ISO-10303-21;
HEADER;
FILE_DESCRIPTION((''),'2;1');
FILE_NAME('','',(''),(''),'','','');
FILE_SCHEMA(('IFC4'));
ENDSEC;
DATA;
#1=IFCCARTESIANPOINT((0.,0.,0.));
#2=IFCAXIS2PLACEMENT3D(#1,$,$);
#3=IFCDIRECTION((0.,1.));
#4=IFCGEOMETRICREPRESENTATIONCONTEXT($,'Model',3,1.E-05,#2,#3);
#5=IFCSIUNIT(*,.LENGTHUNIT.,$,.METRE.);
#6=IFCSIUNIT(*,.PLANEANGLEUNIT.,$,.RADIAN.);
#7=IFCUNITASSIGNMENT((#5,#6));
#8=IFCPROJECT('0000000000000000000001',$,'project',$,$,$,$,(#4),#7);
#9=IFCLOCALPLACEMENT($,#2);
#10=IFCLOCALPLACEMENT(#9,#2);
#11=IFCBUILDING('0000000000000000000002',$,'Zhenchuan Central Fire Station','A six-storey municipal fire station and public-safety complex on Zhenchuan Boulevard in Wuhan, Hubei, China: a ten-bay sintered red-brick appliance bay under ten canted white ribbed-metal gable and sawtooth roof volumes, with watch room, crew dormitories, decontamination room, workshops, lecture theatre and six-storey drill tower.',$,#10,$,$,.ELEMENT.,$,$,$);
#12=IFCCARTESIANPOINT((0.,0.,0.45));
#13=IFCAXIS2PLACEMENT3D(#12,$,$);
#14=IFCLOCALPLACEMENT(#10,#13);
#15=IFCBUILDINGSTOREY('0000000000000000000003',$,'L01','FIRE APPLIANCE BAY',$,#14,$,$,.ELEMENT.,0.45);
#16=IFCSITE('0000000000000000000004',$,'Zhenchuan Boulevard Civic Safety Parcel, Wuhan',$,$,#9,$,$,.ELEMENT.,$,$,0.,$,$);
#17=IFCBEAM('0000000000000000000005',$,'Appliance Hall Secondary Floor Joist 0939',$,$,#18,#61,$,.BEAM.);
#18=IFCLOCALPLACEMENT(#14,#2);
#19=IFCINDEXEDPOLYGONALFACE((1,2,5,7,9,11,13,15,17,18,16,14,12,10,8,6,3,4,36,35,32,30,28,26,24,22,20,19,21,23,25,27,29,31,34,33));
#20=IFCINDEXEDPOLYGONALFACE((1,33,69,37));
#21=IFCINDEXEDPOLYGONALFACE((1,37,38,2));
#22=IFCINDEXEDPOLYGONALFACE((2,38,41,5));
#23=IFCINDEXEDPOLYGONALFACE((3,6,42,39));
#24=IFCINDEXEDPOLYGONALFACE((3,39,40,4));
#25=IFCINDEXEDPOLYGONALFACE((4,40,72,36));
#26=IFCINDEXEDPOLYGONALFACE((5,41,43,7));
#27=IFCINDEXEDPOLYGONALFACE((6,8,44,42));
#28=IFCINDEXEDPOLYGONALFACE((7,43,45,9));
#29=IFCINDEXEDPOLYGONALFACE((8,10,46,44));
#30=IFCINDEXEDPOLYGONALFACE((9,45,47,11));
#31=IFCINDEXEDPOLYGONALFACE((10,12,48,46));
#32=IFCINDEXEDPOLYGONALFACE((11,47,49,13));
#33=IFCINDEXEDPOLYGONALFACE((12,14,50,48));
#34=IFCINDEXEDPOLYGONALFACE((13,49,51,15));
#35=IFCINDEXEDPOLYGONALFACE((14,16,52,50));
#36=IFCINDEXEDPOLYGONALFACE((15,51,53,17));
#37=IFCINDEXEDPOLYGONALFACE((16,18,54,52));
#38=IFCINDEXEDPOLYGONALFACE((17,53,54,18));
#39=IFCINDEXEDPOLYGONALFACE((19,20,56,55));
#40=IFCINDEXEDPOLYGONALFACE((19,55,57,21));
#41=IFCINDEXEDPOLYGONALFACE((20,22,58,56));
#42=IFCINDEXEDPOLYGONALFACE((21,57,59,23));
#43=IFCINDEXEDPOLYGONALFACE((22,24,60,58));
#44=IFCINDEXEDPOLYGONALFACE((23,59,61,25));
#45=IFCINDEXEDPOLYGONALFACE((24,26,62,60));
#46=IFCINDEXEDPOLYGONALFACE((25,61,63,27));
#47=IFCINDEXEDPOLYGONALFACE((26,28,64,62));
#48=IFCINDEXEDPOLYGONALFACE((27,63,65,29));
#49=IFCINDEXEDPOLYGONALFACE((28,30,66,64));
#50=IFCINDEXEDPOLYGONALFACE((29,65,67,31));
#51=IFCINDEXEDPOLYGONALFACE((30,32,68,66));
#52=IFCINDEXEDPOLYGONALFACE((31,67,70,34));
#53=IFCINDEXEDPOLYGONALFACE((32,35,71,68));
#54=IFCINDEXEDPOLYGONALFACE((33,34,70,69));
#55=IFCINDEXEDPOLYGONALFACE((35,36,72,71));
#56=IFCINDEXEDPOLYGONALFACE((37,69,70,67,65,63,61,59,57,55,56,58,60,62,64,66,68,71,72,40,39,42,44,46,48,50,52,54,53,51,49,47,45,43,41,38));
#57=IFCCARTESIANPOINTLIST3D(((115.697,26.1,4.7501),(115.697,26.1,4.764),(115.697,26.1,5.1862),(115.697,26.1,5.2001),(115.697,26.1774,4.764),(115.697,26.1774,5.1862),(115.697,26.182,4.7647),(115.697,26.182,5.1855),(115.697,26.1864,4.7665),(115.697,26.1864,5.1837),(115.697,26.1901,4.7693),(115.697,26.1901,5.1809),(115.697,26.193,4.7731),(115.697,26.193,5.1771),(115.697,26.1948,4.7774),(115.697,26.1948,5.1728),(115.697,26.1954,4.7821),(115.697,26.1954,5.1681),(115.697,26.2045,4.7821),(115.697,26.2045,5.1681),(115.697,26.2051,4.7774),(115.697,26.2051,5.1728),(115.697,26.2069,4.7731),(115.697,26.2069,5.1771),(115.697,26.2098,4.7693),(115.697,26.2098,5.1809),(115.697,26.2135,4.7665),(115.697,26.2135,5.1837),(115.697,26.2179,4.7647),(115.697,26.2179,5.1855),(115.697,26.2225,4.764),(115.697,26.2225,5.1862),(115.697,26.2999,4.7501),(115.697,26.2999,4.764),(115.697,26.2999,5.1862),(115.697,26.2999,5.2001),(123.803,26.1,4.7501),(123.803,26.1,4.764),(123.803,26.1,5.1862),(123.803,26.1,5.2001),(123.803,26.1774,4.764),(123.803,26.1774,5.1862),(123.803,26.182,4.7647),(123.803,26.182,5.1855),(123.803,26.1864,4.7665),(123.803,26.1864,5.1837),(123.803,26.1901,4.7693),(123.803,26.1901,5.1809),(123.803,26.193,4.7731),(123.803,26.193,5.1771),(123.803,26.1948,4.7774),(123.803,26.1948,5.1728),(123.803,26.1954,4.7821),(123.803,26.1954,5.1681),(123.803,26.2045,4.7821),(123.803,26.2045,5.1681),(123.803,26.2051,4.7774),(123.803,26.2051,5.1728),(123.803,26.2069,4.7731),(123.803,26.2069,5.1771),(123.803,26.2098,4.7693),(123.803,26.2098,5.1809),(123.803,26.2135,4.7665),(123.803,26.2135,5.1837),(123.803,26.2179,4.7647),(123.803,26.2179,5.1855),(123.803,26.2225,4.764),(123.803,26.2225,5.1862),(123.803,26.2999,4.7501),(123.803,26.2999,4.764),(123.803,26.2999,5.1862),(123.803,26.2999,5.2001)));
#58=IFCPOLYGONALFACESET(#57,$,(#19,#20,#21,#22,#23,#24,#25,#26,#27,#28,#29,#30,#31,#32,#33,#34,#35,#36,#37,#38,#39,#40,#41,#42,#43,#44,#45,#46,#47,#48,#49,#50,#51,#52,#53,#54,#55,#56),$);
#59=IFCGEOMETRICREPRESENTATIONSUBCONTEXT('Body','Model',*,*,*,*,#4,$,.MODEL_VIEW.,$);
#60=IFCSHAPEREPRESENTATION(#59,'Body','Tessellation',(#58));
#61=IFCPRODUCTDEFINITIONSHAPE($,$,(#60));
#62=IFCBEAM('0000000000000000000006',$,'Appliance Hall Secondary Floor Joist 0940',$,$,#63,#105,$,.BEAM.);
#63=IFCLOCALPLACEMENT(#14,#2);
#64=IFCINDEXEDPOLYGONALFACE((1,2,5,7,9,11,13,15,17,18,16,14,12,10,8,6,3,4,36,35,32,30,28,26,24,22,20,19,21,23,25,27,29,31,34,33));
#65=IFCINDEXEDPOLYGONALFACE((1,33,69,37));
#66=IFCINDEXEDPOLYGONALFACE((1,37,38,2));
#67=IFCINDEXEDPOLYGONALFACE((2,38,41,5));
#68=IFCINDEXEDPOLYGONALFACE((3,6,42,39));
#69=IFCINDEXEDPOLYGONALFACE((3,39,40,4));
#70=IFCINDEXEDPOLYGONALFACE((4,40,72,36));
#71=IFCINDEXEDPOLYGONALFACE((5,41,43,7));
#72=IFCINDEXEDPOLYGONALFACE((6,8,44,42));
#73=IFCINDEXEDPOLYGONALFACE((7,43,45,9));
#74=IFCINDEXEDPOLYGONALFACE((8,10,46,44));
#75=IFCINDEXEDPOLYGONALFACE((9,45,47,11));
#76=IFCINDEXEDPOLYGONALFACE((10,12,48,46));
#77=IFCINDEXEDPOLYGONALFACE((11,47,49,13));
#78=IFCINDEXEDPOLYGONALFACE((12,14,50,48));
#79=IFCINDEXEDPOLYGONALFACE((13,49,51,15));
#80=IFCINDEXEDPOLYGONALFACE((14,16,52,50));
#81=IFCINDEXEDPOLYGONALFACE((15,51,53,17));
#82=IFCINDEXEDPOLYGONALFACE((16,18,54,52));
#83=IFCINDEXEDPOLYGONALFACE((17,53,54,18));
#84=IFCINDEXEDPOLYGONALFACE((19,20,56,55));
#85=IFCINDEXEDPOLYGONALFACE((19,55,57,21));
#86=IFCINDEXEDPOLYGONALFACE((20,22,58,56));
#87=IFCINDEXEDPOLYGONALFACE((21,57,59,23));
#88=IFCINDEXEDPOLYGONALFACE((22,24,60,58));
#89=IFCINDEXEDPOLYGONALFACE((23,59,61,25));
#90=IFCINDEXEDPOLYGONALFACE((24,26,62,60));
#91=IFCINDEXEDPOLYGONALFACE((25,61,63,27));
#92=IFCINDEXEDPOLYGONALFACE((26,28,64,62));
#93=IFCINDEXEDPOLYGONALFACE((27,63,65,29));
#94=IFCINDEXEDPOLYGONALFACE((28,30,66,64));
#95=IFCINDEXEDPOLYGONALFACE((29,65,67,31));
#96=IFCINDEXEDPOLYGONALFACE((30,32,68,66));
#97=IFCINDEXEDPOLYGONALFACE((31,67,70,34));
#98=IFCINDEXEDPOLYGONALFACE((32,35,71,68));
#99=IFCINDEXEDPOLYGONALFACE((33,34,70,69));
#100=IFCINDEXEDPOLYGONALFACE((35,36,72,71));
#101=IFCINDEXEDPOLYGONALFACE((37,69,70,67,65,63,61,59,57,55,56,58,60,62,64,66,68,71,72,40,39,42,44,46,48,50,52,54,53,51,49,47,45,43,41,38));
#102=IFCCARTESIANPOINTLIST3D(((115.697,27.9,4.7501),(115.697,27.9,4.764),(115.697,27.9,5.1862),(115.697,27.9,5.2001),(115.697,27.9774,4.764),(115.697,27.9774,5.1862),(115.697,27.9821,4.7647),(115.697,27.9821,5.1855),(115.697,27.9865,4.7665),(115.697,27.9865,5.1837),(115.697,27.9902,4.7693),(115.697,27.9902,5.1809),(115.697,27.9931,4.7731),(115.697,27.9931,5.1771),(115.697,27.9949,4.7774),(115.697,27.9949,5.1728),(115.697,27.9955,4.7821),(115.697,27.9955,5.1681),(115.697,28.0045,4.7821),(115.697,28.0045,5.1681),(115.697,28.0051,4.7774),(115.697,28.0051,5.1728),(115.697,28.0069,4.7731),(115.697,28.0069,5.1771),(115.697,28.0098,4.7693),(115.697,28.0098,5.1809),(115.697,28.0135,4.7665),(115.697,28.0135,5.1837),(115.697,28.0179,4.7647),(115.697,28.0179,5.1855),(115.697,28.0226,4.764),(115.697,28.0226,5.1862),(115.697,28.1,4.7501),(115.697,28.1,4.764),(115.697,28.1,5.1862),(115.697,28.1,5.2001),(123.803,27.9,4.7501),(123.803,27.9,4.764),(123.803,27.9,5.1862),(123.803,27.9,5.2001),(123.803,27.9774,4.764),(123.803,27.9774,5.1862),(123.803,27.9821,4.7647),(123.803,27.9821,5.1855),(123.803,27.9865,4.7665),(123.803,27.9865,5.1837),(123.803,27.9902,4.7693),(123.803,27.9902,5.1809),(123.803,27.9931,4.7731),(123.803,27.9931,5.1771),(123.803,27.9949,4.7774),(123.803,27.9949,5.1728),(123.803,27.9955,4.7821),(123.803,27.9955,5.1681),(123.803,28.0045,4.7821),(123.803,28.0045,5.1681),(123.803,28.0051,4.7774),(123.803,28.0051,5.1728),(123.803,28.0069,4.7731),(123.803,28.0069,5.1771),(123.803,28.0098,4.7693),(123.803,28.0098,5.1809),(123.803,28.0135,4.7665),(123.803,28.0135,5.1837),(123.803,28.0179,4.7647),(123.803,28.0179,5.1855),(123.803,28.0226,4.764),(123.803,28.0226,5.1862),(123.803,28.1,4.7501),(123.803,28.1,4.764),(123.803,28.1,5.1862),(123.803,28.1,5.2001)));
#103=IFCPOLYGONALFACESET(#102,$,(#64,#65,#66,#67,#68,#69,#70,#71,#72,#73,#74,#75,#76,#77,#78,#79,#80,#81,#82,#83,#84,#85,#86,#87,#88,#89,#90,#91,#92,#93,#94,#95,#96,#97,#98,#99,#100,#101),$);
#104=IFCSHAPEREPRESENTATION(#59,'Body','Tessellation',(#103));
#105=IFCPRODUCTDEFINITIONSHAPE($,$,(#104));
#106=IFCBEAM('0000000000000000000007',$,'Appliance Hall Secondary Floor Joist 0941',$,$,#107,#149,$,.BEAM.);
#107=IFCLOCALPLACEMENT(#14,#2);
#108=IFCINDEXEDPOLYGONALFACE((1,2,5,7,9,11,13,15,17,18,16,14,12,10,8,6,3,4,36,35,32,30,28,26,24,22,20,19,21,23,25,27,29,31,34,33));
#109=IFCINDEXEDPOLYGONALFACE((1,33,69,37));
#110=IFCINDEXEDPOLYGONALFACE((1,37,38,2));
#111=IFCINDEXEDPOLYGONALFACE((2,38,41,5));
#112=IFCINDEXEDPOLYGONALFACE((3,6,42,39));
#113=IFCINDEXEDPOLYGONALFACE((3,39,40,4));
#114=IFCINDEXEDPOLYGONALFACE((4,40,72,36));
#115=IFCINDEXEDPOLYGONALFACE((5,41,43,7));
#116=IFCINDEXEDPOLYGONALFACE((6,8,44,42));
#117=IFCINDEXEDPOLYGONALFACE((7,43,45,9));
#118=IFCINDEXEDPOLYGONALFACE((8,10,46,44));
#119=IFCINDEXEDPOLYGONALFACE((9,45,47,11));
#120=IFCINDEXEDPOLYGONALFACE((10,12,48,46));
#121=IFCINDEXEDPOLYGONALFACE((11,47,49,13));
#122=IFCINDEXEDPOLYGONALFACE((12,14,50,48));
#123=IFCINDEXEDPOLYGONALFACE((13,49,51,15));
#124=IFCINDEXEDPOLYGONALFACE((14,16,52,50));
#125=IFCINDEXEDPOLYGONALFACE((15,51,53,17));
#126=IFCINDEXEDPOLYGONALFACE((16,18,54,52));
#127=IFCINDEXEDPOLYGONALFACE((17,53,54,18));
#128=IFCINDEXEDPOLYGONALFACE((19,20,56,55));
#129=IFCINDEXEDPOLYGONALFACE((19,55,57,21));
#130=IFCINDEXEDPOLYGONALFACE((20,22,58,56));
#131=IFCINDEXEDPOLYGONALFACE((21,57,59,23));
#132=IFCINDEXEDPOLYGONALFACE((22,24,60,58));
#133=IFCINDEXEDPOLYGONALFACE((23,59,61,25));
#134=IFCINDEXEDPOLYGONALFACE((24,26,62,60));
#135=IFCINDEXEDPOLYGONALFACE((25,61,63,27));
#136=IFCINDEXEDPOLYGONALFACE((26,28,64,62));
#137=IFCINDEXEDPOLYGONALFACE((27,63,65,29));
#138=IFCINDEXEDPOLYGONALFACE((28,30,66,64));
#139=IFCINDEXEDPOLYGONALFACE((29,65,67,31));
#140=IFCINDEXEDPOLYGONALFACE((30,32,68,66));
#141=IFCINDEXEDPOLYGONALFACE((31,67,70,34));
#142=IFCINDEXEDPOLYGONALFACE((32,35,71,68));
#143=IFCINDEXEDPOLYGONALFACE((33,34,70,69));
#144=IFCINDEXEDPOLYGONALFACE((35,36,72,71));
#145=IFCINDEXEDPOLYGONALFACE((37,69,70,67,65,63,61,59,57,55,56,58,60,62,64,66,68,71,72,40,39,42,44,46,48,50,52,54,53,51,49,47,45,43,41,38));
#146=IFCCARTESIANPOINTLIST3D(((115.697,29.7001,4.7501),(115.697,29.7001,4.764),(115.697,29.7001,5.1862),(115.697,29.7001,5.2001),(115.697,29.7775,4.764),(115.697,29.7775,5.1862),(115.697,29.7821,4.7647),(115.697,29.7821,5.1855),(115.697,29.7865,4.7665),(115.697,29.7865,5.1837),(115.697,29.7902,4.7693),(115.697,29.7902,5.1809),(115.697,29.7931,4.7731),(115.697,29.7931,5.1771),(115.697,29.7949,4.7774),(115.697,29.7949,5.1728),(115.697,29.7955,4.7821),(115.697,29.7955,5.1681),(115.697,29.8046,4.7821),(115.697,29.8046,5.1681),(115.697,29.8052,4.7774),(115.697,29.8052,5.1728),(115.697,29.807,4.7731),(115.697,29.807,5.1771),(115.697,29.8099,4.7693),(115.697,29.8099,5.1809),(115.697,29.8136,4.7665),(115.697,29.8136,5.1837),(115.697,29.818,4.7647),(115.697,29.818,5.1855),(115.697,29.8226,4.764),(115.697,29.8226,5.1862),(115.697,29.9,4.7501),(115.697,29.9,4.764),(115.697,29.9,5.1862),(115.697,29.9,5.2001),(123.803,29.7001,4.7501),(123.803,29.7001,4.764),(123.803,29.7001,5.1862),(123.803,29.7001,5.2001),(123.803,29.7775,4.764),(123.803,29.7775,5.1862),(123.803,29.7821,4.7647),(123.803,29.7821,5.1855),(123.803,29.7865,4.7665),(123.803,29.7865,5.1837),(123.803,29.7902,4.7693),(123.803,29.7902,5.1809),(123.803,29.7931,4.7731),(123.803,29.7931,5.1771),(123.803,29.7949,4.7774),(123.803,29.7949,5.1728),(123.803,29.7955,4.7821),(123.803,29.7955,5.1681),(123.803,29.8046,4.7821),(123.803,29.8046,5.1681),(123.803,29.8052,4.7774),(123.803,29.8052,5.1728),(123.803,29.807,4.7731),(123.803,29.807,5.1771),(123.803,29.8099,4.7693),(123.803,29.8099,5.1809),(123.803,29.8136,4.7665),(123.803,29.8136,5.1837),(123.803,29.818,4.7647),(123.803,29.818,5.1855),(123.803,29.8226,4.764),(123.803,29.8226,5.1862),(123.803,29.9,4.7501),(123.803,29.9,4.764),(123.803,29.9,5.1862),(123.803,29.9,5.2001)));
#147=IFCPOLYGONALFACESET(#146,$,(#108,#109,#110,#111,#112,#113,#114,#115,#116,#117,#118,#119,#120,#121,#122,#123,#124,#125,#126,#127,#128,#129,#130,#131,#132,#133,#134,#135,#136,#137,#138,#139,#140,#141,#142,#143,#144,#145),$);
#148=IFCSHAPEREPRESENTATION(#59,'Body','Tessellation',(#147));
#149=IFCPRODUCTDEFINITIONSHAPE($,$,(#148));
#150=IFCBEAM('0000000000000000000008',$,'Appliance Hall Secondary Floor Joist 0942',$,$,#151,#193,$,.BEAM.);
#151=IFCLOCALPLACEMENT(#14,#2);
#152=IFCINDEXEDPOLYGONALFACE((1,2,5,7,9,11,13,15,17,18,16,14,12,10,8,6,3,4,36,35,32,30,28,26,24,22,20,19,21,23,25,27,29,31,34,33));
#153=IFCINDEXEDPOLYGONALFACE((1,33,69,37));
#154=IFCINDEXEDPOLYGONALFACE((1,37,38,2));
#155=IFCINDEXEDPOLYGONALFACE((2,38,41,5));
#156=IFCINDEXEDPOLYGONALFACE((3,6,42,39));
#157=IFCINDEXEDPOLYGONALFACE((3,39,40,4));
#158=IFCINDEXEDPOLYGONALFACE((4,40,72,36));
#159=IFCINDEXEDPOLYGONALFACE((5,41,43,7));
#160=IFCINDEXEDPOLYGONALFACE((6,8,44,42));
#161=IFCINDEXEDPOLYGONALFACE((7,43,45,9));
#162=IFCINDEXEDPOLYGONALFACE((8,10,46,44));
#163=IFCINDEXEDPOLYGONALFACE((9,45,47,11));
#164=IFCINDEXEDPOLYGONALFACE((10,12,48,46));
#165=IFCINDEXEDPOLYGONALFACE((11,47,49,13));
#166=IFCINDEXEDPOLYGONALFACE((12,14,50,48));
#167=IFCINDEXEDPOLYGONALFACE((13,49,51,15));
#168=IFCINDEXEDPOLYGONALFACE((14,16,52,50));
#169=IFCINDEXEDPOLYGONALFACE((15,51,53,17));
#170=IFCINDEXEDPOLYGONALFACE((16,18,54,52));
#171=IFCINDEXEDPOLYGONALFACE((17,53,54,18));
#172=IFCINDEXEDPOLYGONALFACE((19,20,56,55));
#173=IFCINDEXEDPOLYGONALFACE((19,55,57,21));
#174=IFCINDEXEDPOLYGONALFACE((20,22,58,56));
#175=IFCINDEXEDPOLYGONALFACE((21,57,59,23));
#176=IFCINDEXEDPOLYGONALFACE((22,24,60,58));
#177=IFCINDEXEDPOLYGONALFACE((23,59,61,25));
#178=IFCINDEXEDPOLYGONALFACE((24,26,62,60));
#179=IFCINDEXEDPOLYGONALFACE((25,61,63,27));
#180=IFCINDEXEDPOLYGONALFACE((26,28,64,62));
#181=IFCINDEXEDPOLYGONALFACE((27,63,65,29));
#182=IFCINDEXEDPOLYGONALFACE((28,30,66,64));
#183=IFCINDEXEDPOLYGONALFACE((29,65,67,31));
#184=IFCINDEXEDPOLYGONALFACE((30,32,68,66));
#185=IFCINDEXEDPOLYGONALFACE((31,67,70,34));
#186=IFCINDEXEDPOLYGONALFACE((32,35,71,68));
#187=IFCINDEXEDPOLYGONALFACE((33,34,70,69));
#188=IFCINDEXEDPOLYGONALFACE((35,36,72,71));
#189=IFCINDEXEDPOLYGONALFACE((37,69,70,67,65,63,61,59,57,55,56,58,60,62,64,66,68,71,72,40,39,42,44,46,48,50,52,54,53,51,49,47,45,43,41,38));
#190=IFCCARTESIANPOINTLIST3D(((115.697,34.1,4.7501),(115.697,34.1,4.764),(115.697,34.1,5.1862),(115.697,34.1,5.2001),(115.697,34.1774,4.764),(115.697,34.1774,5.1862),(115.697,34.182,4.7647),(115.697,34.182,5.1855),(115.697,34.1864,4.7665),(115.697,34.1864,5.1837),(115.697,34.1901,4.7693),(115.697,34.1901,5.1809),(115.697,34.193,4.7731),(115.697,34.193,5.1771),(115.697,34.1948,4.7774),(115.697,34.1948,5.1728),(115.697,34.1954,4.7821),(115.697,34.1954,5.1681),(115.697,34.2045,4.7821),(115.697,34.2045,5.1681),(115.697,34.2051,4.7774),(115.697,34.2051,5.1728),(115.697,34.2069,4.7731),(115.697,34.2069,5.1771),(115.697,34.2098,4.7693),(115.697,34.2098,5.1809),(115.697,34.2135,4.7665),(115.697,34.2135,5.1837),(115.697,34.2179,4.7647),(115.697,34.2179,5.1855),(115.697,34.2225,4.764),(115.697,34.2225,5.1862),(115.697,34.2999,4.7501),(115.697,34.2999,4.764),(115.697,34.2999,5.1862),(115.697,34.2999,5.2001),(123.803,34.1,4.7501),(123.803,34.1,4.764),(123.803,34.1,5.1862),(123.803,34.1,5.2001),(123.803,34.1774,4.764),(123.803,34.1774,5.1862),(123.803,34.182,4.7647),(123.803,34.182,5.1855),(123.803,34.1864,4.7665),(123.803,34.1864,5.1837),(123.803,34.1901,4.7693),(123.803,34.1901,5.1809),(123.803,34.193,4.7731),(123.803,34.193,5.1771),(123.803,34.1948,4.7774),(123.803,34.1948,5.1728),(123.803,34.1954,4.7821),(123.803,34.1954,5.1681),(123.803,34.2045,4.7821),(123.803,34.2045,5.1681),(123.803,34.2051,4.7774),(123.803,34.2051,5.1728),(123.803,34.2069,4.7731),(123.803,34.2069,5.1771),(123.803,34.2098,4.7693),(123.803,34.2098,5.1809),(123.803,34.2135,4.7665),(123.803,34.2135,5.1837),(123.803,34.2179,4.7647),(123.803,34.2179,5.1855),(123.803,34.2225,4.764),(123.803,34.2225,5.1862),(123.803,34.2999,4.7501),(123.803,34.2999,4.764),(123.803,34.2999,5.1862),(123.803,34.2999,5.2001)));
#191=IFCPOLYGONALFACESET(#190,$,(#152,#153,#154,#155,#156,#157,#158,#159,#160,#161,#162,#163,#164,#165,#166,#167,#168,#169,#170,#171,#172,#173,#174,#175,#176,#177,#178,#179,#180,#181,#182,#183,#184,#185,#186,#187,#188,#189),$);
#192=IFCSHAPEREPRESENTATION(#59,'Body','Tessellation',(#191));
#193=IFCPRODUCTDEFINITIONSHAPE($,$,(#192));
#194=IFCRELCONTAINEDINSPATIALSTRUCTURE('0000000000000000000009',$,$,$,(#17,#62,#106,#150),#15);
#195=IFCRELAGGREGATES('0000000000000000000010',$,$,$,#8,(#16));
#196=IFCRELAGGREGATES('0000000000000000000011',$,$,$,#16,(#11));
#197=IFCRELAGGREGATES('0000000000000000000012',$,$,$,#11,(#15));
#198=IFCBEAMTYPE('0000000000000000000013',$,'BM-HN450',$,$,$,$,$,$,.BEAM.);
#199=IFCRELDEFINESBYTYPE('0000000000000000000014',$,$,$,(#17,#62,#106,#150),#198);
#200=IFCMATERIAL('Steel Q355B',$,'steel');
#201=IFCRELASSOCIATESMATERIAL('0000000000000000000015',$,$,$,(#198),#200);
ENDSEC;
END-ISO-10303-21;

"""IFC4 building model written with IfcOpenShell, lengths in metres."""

from ifc_helpers import new_model, si_unit, direction, frame, origin, origin_2d, place, context, subcontext, project, spatial, i_section, extrude, material, material_profile, profile_set, type_object, element, save


model = new_model("IFC4")

# Units and contexts
model_context = context("Model", 3, precision=1e-05, world=origin(), true_north=direction((0.0, 1.0)))
body_context = subcontext(model_context, "Body", "Model", "MODEL_VIEW")
ifc_project = project(units=[si_unit("LENGTHUNIT", "METRE"), si_unit("PLANEANGLEUNIT", "RADIAN")], contexts=[model_context])

# Site, building, storey
site_placement = place(None, origin())
site = spatial("IfcSite", under=ifc_project, at=site_placement, Name="Zhenchuan Boulevard Civic Safety Parcel, Wuhan", CompositionType="ELEMENT", RefElevation=0.0)
building_placement = place(site_placement, origin())
building = spatial("IfcBuilding", under=site, at=building_placement, Name="Zhenchuan Central Fire Station", Description="A six-storey municipal fire station and public-safety complex on Zhenchuan Boulevard in Wuhan, Hubei, China: a ten-bay sintered red-brick appliance bay under ten canted white ribbed-metal gable and sawtooth roof volumes, with watch room, crew dormitories, decontamination room, workshops, lecture theatre and six-storey drill tower.", CompositionType="ELEMENT")
storey_placement = place(building_placement, frame((0.0, 0.0, 0.45)))
storey = spatial("IfcBuildingStorey", under=building, at=storey_placement, Name="L01", Description="FIRE APPLIANCE BAY", CompositionType="ELEMENT", Elevation=0.45)

# Shared definitions
ifc_material_1 = material(Name="Steel Q355B", Category="steel")

# Beams
ifc_material_profile_1 = material_profile(ifc_material_1, i_section(OverallWidth=0.2, OverallDepth=0.45, WebThickness=0.009, FlangeThickness=0.0139, FilletRadius=0.0181, at=origin_2d()), Name="HN 450x200")
ifc_profile_set_1 = profile_set([ifc_material_profile_1], Name="Steel Q355B")
beam_type_1 = type_object("IfcBeamType", Name="BM-HN450", PredefinedType="BEAM", material=ifc_profile_set_1)
for number, where, z_axis, x_axis, name in (
    (1, (115.697, 26.2, 4.9751), (1.0, 0.0, 0.0), (0.0, 1.0, 0.0), "Appliance Hall Secondary Floor Joist 0939"),
    (2, (115.697, 28.0, 4.9751), (1.0, 0.0, 0.0), (0.0, 1.0, 0.0), "Appliance Hall Secondary Floor Joist 0940"),
    (3, (115.697, 29.8, 4.9751), (1.0, 0.0, 0.0), (0.0, 1.0, 0.0), "Appliance Hall Secondary Floor Joist 0941"),
    (4, (115.697, 34.2, 4.9751), (1.0, 0.0, 0.0), (0.0, 1.0, 0.0), "Appliance Hall Secondary Floor Joist 0942"),
):
    element("IfcBeam", number, at=place(storey_placement, frame(where, z_axis=z_axis, x_axis=x_axis)), inside=storey, type_object=beam_type_1, Name=name, PredefinedType="BEAM", context=body_context, shape_type="SweptSolid", body=[
        extrude(i_section(OverallWidth=0.2, OverallDepth=0.45, WebThickness=0.009, FlangeThickness=0.0139, FilletRadius=0.0181, at=origin_2d()), origin(), (0.0, 0.0, 1.0), 8.106),
    ])

save(model, "model.ifc")
